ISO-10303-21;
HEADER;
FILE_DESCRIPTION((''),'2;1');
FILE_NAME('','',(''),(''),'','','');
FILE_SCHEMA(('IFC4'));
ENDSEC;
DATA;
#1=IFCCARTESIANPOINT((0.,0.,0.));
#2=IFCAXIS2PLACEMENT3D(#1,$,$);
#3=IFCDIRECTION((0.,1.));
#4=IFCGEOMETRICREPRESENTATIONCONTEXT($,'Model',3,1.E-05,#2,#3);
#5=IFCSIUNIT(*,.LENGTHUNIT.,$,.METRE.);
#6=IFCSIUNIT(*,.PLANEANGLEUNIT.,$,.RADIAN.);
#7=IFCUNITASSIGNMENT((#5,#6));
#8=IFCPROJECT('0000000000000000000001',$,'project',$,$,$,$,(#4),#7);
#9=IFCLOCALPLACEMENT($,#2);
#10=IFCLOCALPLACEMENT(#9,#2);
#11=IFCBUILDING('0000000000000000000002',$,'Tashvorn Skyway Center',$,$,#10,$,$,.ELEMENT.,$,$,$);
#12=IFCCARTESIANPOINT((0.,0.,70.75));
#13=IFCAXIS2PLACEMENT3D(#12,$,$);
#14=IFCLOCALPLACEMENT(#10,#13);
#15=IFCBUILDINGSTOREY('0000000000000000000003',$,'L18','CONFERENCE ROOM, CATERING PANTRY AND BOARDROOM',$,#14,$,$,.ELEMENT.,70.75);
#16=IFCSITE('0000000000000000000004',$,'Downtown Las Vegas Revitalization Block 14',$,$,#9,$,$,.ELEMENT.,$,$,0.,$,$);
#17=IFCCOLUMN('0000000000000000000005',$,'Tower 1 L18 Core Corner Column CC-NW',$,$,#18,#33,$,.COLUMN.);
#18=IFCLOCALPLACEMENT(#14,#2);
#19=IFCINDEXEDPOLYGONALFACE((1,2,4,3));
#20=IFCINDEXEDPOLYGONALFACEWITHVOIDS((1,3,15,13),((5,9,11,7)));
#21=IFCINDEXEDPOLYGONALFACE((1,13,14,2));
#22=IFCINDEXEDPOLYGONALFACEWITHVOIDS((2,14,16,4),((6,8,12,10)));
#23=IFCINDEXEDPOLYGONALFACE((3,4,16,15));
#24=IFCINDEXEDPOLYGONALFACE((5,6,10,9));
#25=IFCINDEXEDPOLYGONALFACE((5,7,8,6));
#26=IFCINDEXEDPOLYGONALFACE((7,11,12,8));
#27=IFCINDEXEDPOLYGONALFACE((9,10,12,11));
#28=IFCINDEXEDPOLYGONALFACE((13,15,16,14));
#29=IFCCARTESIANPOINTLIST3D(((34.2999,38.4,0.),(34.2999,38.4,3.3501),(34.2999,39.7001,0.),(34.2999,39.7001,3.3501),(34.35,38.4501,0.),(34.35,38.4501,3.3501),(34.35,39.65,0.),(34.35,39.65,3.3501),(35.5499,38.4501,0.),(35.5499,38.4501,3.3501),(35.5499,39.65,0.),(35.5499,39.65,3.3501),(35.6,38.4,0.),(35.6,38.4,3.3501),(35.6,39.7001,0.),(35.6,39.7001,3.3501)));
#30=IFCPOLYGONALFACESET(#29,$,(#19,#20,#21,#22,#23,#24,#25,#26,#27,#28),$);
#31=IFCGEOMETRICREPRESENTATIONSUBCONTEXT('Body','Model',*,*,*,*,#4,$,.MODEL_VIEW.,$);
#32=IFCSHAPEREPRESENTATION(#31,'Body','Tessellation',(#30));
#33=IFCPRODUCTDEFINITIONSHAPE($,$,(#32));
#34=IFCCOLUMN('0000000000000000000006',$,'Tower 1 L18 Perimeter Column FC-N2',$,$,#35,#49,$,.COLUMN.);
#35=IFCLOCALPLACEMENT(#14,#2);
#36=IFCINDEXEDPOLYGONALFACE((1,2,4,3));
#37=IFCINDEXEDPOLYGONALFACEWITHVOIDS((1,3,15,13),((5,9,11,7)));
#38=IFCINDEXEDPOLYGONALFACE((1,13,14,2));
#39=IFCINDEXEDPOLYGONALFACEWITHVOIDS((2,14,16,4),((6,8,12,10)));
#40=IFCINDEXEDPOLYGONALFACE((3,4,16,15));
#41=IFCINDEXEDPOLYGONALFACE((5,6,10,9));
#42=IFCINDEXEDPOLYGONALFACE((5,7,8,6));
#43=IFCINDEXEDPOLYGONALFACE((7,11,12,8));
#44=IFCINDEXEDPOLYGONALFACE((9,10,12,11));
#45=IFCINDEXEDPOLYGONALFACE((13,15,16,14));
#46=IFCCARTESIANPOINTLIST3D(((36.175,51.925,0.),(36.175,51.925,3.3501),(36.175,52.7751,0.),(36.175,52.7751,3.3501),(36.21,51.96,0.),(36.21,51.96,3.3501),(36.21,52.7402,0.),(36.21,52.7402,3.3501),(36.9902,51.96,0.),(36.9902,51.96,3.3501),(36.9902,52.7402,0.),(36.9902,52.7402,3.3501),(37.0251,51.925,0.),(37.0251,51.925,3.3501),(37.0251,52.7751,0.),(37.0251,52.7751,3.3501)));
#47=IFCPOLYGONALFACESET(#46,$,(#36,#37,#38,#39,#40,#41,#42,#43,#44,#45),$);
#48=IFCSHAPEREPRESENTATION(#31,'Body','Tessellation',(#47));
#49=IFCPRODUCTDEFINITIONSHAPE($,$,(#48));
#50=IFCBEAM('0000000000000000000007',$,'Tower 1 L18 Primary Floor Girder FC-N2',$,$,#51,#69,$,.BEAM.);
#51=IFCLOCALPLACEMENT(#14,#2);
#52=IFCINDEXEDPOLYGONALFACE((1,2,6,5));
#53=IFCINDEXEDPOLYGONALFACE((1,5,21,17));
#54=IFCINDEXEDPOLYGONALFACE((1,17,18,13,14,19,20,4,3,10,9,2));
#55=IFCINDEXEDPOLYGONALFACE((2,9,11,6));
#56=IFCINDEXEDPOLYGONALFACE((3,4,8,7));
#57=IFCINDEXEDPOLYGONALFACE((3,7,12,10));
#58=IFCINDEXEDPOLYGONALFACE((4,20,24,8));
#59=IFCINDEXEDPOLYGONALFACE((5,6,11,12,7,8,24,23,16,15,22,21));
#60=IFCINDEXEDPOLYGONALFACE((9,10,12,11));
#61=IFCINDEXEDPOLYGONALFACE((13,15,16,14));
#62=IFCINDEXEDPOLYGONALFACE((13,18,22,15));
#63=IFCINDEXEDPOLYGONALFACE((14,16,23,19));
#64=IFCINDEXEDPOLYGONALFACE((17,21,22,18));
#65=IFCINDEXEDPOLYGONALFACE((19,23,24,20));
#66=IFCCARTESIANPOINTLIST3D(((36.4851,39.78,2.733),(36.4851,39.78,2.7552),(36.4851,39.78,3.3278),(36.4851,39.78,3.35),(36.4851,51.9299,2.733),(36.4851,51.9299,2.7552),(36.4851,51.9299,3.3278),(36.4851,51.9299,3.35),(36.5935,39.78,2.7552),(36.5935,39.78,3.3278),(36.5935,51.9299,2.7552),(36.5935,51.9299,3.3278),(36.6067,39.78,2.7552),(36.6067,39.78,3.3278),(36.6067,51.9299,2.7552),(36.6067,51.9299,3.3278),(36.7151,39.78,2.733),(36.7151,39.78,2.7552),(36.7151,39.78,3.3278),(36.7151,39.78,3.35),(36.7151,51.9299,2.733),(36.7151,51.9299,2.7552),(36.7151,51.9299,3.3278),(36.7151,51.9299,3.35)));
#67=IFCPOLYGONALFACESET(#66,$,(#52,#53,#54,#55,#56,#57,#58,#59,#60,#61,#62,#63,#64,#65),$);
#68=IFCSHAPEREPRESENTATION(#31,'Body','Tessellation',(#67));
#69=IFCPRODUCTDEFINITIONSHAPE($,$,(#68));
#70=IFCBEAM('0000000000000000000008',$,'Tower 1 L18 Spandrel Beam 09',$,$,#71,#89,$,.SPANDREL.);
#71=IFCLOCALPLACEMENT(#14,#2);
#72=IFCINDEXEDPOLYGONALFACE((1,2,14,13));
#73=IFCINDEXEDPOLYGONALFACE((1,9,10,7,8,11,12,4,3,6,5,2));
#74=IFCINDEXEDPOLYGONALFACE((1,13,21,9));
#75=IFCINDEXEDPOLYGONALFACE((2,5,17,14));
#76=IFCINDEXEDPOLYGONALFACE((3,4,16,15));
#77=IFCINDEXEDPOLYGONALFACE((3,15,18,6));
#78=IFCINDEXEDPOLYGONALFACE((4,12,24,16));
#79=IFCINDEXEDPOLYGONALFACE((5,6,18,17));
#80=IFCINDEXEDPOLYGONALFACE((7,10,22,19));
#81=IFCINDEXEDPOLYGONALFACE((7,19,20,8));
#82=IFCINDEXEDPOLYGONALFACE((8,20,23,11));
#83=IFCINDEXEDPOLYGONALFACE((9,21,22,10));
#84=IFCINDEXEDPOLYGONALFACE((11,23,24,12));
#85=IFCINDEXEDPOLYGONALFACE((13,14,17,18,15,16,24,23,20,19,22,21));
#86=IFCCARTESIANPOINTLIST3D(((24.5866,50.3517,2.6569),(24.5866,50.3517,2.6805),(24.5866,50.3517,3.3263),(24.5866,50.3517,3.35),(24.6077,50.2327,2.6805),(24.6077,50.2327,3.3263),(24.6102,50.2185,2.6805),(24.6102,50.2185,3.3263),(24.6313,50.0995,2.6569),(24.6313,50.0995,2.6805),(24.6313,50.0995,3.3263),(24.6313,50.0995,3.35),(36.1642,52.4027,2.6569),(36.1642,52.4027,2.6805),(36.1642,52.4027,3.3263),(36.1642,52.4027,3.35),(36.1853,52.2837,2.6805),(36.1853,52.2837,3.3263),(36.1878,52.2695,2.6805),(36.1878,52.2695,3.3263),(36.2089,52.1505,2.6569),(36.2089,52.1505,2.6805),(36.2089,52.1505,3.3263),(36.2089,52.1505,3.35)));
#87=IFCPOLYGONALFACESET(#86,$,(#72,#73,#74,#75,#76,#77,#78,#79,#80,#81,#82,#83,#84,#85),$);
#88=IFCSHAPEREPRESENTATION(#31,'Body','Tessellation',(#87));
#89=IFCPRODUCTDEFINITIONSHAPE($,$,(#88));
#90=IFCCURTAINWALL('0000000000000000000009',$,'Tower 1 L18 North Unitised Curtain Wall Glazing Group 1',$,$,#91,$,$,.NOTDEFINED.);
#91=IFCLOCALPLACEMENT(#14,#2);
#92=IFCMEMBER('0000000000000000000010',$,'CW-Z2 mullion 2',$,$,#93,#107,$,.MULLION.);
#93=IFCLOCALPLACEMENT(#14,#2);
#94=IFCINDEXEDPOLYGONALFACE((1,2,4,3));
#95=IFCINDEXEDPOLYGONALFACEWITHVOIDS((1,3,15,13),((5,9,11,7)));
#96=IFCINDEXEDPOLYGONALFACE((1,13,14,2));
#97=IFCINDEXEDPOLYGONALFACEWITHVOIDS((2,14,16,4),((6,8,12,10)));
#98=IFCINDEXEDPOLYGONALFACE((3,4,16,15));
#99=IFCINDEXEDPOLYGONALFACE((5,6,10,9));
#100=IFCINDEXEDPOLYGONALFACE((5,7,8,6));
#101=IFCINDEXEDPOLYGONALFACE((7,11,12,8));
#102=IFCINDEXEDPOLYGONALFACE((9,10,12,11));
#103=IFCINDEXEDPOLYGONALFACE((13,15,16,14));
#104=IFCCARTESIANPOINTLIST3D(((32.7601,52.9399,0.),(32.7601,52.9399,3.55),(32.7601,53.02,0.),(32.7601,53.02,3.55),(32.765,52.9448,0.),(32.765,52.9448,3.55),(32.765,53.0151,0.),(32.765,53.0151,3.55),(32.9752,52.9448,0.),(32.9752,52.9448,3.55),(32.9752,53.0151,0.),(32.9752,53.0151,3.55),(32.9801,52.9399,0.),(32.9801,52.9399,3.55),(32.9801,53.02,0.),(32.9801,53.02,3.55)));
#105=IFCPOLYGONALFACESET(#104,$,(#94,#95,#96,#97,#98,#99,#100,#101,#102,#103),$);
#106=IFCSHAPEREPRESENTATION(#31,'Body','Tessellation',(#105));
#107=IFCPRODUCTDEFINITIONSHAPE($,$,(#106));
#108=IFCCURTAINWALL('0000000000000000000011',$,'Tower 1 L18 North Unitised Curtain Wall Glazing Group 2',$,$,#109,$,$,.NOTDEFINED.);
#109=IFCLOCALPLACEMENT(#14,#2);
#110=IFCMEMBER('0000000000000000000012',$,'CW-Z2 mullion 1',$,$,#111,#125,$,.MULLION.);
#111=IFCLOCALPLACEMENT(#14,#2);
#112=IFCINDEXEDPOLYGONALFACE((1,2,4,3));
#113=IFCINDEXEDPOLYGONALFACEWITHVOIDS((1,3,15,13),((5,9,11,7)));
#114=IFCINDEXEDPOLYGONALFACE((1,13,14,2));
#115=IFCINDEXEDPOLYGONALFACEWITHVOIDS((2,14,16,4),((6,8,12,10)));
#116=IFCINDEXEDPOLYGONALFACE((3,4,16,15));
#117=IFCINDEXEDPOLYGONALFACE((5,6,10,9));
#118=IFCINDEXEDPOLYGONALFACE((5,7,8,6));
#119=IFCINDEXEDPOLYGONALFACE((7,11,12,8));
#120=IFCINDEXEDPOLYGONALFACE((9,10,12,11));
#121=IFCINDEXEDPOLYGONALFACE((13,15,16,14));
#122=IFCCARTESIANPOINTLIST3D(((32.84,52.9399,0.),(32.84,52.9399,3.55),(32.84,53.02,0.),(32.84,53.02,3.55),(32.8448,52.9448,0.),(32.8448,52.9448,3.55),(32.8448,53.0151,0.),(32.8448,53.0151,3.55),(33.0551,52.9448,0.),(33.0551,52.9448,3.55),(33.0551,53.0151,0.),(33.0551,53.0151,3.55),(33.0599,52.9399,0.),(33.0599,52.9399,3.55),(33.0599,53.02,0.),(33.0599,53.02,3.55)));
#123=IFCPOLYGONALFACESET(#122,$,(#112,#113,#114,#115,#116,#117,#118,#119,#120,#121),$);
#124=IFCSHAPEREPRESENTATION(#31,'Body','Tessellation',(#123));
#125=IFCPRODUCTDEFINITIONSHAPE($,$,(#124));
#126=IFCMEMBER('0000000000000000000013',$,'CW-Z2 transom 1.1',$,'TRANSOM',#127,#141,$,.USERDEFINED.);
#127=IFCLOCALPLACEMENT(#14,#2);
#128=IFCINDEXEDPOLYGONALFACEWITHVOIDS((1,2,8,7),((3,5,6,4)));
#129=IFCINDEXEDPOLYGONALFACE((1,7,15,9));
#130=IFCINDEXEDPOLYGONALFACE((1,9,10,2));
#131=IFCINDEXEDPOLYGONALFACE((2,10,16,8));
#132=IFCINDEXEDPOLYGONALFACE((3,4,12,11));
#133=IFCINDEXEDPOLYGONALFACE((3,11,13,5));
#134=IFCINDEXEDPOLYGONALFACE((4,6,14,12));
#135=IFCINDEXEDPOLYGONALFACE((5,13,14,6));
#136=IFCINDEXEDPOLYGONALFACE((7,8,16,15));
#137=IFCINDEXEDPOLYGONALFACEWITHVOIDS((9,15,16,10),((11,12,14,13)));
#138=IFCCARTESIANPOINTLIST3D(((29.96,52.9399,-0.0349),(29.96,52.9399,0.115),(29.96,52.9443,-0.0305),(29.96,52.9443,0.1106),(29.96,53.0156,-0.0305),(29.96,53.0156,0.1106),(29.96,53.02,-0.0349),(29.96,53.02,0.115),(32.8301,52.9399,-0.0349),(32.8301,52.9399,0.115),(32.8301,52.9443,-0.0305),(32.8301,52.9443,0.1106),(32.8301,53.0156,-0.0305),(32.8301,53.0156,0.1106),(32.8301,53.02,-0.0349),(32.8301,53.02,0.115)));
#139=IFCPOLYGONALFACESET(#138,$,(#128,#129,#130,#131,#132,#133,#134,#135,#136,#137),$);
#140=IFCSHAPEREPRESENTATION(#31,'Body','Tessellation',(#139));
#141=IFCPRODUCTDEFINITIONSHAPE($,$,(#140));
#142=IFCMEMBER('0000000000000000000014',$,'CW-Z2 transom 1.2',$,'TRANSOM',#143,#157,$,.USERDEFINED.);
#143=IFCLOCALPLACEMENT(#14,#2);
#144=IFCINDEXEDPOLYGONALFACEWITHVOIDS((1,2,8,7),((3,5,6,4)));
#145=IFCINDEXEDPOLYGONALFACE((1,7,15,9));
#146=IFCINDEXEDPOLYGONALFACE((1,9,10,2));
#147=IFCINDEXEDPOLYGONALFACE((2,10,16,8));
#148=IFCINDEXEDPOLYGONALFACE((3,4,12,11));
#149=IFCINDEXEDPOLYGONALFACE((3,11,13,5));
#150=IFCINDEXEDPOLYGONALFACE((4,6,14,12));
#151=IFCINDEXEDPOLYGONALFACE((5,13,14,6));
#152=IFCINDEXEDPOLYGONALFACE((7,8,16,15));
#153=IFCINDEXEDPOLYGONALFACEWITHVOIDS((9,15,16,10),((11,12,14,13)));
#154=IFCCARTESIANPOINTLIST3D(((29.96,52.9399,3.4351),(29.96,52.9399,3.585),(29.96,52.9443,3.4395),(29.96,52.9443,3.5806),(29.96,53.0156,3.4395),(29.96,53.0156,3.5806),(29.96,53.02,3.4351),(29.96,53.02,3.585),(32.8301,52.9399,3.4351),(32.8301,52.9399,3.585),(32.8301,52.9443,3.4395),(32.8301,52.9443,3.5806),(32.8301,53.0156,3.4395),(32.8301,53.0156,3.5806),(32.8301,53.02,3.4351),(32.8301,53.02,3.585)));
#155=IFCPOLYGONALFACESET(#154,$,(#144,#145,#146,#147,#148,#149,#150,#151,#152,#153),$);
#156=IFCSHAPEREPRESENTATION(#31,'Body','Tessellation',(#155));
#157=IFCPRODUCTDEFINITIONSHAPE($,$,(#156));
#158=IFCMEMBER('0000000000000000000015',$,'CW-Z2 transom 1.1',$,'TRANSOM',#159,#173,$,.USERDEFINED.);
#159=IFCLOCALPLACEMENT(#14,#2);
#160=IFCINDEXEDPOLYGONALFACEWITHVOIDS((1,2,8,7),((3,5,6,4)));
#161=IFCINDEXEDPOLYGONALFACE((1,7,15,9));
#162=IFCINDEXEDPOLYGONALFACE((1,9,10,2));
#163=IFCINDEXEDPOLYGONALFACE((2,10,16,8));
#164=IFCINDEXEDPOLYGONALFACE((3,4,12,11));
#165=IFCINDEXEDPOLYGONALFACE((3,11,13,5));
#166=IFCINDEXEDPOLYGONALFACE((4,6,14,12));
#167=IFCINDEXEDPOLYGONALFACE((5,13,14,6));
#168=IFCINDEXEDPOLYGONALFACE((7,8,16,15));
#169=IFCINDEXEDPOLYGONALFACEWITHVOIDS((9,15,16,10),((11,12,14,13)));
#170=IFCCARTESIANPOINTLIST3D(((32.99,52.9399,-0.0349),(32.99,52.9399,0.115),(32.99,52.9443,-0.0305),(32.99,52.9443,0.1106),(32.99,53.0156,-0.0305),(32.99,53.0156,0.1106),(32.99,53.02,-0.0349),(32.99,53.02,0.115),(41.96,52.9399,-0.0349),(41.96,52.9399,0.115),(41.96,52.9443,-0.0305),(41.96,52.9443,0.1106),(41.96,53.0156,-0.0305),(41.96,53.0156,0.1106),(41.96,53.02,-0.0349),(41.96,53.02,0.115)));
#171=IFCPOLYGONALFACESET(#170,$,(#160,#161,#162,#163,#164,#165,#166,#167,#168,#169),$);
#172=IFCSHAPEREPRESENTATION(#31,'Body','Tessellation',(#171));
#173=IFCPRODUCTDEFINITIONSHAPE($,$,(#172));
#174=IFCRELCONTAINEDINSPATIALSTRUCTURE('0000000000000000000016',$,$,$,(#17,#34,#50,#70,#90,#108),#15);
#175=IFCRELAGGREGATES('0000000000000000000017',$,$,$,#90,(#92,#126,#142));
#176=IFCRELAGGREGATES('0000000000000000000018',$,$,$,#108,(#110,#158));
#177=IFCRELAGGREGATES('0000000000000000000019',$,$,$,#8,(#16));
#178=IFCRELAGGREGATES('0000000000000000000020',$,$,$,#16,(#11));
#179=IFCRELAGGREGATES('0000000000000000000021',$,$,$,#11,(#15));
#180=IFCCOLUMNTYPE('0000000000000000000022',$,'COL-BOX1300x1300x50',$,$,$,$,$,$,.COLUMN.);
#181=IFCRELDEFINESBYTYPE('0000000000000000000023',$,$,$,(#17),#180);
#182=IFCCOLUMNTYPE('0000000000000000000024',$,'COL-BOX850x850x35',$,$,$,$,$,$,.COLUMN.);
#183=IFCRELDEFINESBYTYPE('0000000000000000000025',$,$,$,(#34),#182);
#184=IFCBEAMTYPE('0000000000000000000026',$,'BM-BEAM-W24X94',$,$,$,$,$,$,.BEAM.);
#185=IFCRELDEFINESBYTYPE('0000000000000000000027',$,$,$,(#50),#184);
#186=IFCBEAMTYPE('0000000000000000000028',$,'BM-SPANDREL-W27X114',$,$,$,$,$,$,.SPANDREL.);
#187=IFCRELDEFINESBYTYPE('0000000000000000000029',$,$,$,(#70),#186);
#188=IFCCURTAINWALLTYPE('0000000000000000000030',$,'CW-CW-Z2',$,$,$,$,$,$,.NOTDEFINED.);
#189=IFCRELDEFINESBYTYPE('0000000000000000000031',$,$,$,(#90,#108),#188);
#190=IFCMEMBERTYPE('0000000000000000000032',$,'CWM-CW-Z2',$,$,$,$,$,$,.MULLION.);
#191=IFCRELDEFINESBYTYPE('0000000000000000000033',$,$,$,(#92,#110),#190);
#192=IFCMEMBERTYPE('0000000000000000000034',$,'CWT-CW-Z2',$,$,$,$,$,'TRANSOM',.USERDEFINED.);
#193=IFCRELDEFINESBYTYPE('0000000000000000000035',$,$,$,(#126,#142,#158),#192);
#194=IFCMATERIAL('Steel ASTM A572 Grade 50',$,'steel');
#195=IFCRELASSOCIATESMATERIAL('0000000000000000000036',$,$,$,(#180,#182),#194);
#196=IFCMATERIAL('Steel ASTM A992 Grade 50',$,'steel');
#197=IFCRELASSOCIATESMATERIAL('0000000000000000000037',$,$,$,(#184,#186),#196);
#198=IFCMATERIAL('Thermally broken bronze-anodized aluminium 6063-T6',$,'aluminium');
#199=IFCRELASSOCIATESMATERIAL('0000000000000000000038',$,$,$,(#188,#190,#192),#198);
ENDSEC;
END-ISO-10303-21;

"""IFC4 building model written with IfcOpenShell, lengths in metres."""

from ifc_helpers import new_model, si_unit, direction, frame, origin, origin_2d, place, context, subcontext, project, spatial, hollow_rectangle, i_section, extrude, material, material_profile, profile_set, type_object, element, aggregate, save


model = new_model("IFC4")

# Units and contexts
model_context = context("Model", 3, precision=1e-05, world=origin(), true_north=direction((0.0, 1.0)))
body_context = subcontext(model_context, "Body", "Model", "MODEL_VIEW")
ifc_project = project(units=[si_unit("LENGTHUNIT", "METRE"), si_unit("PLANEANGLEUNIT", "RADIAN")], contexts=[model_context])

# Site, building, storey
site_placement = place(None, origin())
site = spatial("IfcSite", under=ifc_project, at=site_placement, Name="Downtown Las Vegas Revitalization Block 14", CompositionType="ELEMENT", RefElevation=0.0)
building_placement = place(site_placement, origin())
building = spatial("IfcBuilding", under=site, at=building_placement, Name="Tashvorn Skyway Center", CompositionType="ELEMENT")
storey_placement = place(building_placement, frame((0.0, 0.0, 70.75)))
storey = spatial("IfcBuildingStorey", under=building, at=storey_placement, Name="L18", Description="CONFERENCE ROOM, CATERING PANTRY AND BOARDROOM", CompositionType="ELEMENT", Elevation=70.75)

# Columns
ifc_material_1 = material(Name="Steel ASTM A572 Grade 50", Category="steel")
ifc_material_profile_1 = material_profile(ifc_material_1, hollow_rectangle(XDim=1.3, YDim=1.3, WallThickness=0.05, at=origin_2d()), Name="BOX1300x1300x50")
ifc_profile_set_1 = profile_set([ifc_material_profile_1], Name="Steel ASTM A572 Grade 50")
column_type_1 = type_object("IfcColumnType", Name="COL-BOX1300x1300x50", PredefinedType="COLUMN", material=ifc_profile_set_1)
column_1_placement = place(storey_placement, frame((34.95, 39.05, 0.0), z_axis=(0.0, 0.0, 1.0), x_axis=(1.0, 0.0, 0.0)))
element("IfcColumn", 1, at=column_1_placement, inside=storey, type_object=column_type_1, Name="Tower 1 L18 Core Corner Column CC-NW", PredefinedType="COLUMN", context=body_context, shape_type="SweptSolid", body=[
    extrude(hollow_rectangle(XDim=1.3, YDim=1.3, WallThickness=0.05, at=origin_2d()), origin(), (0.0, 0.0, 1.0), 3.3501),
])
ifc_material_profile_2 = material_profile(ifc_material_1, hollow_rectangle(XDim=0.8501, YDim=0.8501, WallThickness=0.0349, at=origin_2d()), Name="BOX850x850x35")
ifc_profile_set_2 = profile_set([ifc_material_profile_2], Name="Steel ASTM A572 Grade 50")
column_type_2 = type_object("IfcColumnType", Name="COL-BOX850x850x35", PredefinedType="COLUMN", material=ifc_profile_set_2)
column_2_placement = place(storey_placement, frame((36.6001, 52.3501, 0.0), z_axis=(0.0, 0.0, 1.0), x_axis=(1.0, 0.0, 0.0)))
element("IfcColumn", 2, at=column_2_placement, inside=storey, type_object=column_type_2, Name="Tower 1 L18 Perimeter Column FC-N2", PredefinedType="COLUMN", context=body_context, shape_type="SweptSolid", body=[
    extrude(hollow_rectangle(XDim=0.8501, YDim=0.8501, WallThickness=0.0349, at=origin_2d()), origin(), (0.0, 0.0, 1.0), 3.3501),
])

# Beams
ifc_material_2 = material(Name="Steel ASTM A992 Grade 50", Category="steel")
ifc_material_profile_3 = material_profile(ifc_material_2, i_section(OverallWidth=0.23, OverallDepth=0.6169, WebThickness=0.0132, FlangeThickness=0.0222, at=origin_2d()), Name="W24X94")
ifc_profile_set_3 = profile_set([ifc_material_profile_3], Name="Steel ASTM A992 Grade 50")
beam_type_1 = type_object("IfcBeamType", Name="BM-BEAM-W24X94", PredefinedType="BEAM", material=ifc_profile_set_3)
beam_1_placement = place(storey_placement, frame((36.6001, 51.9299, 3.0415), z_axis=(0.0, -1.0, 0.0), x_axis=(1.0, 0.0, 0.0)))
element("IfcBeam", 3, at=beam_1_placement, inside=storey, type_object=beam_type_1, Name="Tower 1 L18 Primary Floor Girder FC-N2", PredefinedType="BEAM", context=body_context, shape_type="SweptSolid", body=[
    extrude(i_section(OverallWidth=0.23, OverallDepth=0.6169, WebThickness=0.0132, FlangeThickness=0.0222, at=origin_2d()), origin(), (0.0, 0.0, 1.0), 12.1499),
])
ifc_material_profile_4 = material_profile(ifc_material_2, i_section(OverallWidth=0.2561, OverallDepth=0.6931, WebThickness=0.0144, FlangeThickness=0.0237, at=origin_2d()), Name="W27X114")
ifc_profile_set_4 = profile_set([ifc_material_profile_4], Name="Steel ASTM A992 Grade 50")
beam_type_2 = type_object("IfcBeamType", Name="BM-SPANDREL-W27X114", PredefinedType="SPANDREL", material=ifc_profile_set_4)
beam_2_placement = place(storey_placement, frame((36.1865, 52.2766, 3.0034), z_axis=(-0.984668, -0.174438, 0.0), x_axis=(0.174438, -0.984668, 0.0)))
element("IfcBeam", 4, at=beam_2_placement, inside=storey, type_object=beam_type_2, Name="Tower 1 L18 Spandrel Beam 09", PredefinedType="SPANDREL", context=body_context, shape_type="SweptSolid", body=[
    extrude(i_section(OverallWidth=0.2561, OverallDepth=0.6931, WebThickness=0.0144, FlangeThickness=0.0237, at=origin_2d()), origin(), (0.0, 0.0, 1.0), 11.7578),
])

# Curtain walls, members
ifc_material_3 = material(Name="Thermally broken bronze-anodized aluminium 6063-T6", Category="aluminium")
curtain_wall_type = type_object("IfcCurtainWallType", Name="CW-CW-Z2", PredefinedType="NOTDEFINED", material=ifc_material_3)
curtain_wall_1_placement = place(storey_placement, origin())
curtain_wall_1 = element("IfcCurtainWall", 5, at=curtain_wall_1_placement, inside=storey, type_object=curtain_wall_type, Name="Tower 1 L18 North Unitised Curtain Wall Glazing Group 1", PredefinedType="NOTDEFINED")
ifc_material_profile_5 = material_profile(ifc_material_3, hollow_rectangle(XDim=0.0801, YDim=0.22, WallThickness=0.0049, at=origin_2d()), Name="ALU-MULL-80x220")
ifc_profile_set_5 = profile_set([ifc_material_profile_5], Name="Thermally broken bronze-anodized aluminium 6063-T6")
member_type_1 = type_object("IfcMemberType", Name="CWM-CW-Z2", PredefinedType="MULLION", material=ifc_profile_set_5)
member_1_placement = place(storey_placement, frame((32.8701, 52.98, 0.0), z_axis=(0.0, 0.0, 1.0), x_axis=(0.0, 1.0, 0.0)))
member_1 = element("IfcMember", 6, at=member_1_placement, type_object=member_type_1, Name="CW-Z2 mullion 2", PredefinedType="MULLION", context=body_context, shape_type="SweptSolid", body=[
    extrude(hollow_rectangle(XDim=0.0801, YDim=0.22, WallThickness=0.0049, at=origin_2d()), origin(), (0.0, 0.0, 1.0), 3.55),
])
curtain_wall_2_placement = place(storey_placement, origin())
curtain_wall_2 = element("IfcCurtainWall", 7, at=curtain_wall_2_placement, inside=storey, type_object=curtain_wall_type, Name="Tower 1 L18 North Unitised Curtain Wall Glazing Group 2", PredefinedType="NOTDEFINED")
member_2_placement = place(storey_placement, frame((32.95, 52.98, 0.0), z_axis=(0.0, 0.0, 1.0), x_axis=(0.0, 1.0, 0.0)))
member_2 = element("IfcMember", 8, at=member_2_placement, type_object=member_type_1, Name="CW-Z2 mullion 1", PredefinedType="MULLION", context=body_context, shape_type="SweptSolid", body=[
    extrude(hollow_rectangle(XDim=0.0801, YDim=0.22, WallThickness=0.0049, at=origin_2d()), origin(), (0.0, 0.0, 1.0), 3.55),
])

# Members
ifc_material_profile_6 = material_profile(ifc_material_3, hollow_rectangle(XDim=0.0801, YDim=0.1499, WallThickness=0.0044, at=origin_2d()), Name="ALU-TRAN-80x150")
ifc_profile_set_6 = profile_set([ifc_material_profile_6], Name="Thermally broken bronze-anodized aluminium 6063-T6")
member_type_2 = type_object("IfcMemberType", Name="CWT-CW-Z2", ElementType="TRANSOM", PredefinedType="USERDEFINED", material=ifc_profile_set_6)
member_3_placement = place(storey_placement, frame((29.96, 52.98, 0.04), z_axis=(1.0, 0.0, 0.0), x_axis=(0.0, 1.0, 0.0)))
member_3 = element("IfcMember", 9, at=member_3_placement, type_object=member_type_2, Name="CW-Z2 transom 1.1", ObjectType="TRANSOM", PredefinedType="USERDEFINED", context=body_context, shape_type="SweptSolid", body=[
    extrude(hollow_rectangle(XDim=0.0801, YDim=0.1499, WallThickness=0.0044, at=origin_2d()), origin(), (0.0, 0.0, 1.0), 2.8701),
])
member_4_placement = place(storey_placement, frame((29.96, 52.98, 3.51), z_axis=(1.0, 0.0, 0.0), x_axis=(0.0, 1.0, 0.0)))
member_4 = element("IfcMember", 10, at=member_4_placement, type_object=member_type_2, Name="CW-Z2 transom 1.2", ObjectType="TRANSOM", PredefinedType="USERDEFINED", context=body_context, shape_type="SweptSolid", body=[
    extrude(hollow_rectangle(XDim=0.0801, YDim=0.1499, WallThickness=0.0044, at=origin_2d()), origin(), (0.0, 0.0, 1.0), 2.8701),
])
member_5_placement = place(storey_placement, frame((32.99, 52.98, 0.04), z_axis=(1.0, 0.0, 0.0), x_axis=(0.0, 1.0, 0.0)))
member_5 = element("IfcMember", 11, at=member_5_placement, type_object=member_type_2, Name="CW-Z2 transom 1.1", ObjectType="TRANSOM", PredefinedType="USERDEFINED", context=body_context, shape_type="SweptSolid", body=[
    extrude(hollow_rectangle(XDim=0.0801, YDim=0.1499, WallThickness=0.0044, at=origin_2d()), origin(), (0.0, 0.0, 1.0), 8.97),
])

aggregate(curtain_wall_1, [member_1, member_3, member_4])
aggregate(curtain_wall_2, [member_2, member_5])

save(model, "model.ifc")
